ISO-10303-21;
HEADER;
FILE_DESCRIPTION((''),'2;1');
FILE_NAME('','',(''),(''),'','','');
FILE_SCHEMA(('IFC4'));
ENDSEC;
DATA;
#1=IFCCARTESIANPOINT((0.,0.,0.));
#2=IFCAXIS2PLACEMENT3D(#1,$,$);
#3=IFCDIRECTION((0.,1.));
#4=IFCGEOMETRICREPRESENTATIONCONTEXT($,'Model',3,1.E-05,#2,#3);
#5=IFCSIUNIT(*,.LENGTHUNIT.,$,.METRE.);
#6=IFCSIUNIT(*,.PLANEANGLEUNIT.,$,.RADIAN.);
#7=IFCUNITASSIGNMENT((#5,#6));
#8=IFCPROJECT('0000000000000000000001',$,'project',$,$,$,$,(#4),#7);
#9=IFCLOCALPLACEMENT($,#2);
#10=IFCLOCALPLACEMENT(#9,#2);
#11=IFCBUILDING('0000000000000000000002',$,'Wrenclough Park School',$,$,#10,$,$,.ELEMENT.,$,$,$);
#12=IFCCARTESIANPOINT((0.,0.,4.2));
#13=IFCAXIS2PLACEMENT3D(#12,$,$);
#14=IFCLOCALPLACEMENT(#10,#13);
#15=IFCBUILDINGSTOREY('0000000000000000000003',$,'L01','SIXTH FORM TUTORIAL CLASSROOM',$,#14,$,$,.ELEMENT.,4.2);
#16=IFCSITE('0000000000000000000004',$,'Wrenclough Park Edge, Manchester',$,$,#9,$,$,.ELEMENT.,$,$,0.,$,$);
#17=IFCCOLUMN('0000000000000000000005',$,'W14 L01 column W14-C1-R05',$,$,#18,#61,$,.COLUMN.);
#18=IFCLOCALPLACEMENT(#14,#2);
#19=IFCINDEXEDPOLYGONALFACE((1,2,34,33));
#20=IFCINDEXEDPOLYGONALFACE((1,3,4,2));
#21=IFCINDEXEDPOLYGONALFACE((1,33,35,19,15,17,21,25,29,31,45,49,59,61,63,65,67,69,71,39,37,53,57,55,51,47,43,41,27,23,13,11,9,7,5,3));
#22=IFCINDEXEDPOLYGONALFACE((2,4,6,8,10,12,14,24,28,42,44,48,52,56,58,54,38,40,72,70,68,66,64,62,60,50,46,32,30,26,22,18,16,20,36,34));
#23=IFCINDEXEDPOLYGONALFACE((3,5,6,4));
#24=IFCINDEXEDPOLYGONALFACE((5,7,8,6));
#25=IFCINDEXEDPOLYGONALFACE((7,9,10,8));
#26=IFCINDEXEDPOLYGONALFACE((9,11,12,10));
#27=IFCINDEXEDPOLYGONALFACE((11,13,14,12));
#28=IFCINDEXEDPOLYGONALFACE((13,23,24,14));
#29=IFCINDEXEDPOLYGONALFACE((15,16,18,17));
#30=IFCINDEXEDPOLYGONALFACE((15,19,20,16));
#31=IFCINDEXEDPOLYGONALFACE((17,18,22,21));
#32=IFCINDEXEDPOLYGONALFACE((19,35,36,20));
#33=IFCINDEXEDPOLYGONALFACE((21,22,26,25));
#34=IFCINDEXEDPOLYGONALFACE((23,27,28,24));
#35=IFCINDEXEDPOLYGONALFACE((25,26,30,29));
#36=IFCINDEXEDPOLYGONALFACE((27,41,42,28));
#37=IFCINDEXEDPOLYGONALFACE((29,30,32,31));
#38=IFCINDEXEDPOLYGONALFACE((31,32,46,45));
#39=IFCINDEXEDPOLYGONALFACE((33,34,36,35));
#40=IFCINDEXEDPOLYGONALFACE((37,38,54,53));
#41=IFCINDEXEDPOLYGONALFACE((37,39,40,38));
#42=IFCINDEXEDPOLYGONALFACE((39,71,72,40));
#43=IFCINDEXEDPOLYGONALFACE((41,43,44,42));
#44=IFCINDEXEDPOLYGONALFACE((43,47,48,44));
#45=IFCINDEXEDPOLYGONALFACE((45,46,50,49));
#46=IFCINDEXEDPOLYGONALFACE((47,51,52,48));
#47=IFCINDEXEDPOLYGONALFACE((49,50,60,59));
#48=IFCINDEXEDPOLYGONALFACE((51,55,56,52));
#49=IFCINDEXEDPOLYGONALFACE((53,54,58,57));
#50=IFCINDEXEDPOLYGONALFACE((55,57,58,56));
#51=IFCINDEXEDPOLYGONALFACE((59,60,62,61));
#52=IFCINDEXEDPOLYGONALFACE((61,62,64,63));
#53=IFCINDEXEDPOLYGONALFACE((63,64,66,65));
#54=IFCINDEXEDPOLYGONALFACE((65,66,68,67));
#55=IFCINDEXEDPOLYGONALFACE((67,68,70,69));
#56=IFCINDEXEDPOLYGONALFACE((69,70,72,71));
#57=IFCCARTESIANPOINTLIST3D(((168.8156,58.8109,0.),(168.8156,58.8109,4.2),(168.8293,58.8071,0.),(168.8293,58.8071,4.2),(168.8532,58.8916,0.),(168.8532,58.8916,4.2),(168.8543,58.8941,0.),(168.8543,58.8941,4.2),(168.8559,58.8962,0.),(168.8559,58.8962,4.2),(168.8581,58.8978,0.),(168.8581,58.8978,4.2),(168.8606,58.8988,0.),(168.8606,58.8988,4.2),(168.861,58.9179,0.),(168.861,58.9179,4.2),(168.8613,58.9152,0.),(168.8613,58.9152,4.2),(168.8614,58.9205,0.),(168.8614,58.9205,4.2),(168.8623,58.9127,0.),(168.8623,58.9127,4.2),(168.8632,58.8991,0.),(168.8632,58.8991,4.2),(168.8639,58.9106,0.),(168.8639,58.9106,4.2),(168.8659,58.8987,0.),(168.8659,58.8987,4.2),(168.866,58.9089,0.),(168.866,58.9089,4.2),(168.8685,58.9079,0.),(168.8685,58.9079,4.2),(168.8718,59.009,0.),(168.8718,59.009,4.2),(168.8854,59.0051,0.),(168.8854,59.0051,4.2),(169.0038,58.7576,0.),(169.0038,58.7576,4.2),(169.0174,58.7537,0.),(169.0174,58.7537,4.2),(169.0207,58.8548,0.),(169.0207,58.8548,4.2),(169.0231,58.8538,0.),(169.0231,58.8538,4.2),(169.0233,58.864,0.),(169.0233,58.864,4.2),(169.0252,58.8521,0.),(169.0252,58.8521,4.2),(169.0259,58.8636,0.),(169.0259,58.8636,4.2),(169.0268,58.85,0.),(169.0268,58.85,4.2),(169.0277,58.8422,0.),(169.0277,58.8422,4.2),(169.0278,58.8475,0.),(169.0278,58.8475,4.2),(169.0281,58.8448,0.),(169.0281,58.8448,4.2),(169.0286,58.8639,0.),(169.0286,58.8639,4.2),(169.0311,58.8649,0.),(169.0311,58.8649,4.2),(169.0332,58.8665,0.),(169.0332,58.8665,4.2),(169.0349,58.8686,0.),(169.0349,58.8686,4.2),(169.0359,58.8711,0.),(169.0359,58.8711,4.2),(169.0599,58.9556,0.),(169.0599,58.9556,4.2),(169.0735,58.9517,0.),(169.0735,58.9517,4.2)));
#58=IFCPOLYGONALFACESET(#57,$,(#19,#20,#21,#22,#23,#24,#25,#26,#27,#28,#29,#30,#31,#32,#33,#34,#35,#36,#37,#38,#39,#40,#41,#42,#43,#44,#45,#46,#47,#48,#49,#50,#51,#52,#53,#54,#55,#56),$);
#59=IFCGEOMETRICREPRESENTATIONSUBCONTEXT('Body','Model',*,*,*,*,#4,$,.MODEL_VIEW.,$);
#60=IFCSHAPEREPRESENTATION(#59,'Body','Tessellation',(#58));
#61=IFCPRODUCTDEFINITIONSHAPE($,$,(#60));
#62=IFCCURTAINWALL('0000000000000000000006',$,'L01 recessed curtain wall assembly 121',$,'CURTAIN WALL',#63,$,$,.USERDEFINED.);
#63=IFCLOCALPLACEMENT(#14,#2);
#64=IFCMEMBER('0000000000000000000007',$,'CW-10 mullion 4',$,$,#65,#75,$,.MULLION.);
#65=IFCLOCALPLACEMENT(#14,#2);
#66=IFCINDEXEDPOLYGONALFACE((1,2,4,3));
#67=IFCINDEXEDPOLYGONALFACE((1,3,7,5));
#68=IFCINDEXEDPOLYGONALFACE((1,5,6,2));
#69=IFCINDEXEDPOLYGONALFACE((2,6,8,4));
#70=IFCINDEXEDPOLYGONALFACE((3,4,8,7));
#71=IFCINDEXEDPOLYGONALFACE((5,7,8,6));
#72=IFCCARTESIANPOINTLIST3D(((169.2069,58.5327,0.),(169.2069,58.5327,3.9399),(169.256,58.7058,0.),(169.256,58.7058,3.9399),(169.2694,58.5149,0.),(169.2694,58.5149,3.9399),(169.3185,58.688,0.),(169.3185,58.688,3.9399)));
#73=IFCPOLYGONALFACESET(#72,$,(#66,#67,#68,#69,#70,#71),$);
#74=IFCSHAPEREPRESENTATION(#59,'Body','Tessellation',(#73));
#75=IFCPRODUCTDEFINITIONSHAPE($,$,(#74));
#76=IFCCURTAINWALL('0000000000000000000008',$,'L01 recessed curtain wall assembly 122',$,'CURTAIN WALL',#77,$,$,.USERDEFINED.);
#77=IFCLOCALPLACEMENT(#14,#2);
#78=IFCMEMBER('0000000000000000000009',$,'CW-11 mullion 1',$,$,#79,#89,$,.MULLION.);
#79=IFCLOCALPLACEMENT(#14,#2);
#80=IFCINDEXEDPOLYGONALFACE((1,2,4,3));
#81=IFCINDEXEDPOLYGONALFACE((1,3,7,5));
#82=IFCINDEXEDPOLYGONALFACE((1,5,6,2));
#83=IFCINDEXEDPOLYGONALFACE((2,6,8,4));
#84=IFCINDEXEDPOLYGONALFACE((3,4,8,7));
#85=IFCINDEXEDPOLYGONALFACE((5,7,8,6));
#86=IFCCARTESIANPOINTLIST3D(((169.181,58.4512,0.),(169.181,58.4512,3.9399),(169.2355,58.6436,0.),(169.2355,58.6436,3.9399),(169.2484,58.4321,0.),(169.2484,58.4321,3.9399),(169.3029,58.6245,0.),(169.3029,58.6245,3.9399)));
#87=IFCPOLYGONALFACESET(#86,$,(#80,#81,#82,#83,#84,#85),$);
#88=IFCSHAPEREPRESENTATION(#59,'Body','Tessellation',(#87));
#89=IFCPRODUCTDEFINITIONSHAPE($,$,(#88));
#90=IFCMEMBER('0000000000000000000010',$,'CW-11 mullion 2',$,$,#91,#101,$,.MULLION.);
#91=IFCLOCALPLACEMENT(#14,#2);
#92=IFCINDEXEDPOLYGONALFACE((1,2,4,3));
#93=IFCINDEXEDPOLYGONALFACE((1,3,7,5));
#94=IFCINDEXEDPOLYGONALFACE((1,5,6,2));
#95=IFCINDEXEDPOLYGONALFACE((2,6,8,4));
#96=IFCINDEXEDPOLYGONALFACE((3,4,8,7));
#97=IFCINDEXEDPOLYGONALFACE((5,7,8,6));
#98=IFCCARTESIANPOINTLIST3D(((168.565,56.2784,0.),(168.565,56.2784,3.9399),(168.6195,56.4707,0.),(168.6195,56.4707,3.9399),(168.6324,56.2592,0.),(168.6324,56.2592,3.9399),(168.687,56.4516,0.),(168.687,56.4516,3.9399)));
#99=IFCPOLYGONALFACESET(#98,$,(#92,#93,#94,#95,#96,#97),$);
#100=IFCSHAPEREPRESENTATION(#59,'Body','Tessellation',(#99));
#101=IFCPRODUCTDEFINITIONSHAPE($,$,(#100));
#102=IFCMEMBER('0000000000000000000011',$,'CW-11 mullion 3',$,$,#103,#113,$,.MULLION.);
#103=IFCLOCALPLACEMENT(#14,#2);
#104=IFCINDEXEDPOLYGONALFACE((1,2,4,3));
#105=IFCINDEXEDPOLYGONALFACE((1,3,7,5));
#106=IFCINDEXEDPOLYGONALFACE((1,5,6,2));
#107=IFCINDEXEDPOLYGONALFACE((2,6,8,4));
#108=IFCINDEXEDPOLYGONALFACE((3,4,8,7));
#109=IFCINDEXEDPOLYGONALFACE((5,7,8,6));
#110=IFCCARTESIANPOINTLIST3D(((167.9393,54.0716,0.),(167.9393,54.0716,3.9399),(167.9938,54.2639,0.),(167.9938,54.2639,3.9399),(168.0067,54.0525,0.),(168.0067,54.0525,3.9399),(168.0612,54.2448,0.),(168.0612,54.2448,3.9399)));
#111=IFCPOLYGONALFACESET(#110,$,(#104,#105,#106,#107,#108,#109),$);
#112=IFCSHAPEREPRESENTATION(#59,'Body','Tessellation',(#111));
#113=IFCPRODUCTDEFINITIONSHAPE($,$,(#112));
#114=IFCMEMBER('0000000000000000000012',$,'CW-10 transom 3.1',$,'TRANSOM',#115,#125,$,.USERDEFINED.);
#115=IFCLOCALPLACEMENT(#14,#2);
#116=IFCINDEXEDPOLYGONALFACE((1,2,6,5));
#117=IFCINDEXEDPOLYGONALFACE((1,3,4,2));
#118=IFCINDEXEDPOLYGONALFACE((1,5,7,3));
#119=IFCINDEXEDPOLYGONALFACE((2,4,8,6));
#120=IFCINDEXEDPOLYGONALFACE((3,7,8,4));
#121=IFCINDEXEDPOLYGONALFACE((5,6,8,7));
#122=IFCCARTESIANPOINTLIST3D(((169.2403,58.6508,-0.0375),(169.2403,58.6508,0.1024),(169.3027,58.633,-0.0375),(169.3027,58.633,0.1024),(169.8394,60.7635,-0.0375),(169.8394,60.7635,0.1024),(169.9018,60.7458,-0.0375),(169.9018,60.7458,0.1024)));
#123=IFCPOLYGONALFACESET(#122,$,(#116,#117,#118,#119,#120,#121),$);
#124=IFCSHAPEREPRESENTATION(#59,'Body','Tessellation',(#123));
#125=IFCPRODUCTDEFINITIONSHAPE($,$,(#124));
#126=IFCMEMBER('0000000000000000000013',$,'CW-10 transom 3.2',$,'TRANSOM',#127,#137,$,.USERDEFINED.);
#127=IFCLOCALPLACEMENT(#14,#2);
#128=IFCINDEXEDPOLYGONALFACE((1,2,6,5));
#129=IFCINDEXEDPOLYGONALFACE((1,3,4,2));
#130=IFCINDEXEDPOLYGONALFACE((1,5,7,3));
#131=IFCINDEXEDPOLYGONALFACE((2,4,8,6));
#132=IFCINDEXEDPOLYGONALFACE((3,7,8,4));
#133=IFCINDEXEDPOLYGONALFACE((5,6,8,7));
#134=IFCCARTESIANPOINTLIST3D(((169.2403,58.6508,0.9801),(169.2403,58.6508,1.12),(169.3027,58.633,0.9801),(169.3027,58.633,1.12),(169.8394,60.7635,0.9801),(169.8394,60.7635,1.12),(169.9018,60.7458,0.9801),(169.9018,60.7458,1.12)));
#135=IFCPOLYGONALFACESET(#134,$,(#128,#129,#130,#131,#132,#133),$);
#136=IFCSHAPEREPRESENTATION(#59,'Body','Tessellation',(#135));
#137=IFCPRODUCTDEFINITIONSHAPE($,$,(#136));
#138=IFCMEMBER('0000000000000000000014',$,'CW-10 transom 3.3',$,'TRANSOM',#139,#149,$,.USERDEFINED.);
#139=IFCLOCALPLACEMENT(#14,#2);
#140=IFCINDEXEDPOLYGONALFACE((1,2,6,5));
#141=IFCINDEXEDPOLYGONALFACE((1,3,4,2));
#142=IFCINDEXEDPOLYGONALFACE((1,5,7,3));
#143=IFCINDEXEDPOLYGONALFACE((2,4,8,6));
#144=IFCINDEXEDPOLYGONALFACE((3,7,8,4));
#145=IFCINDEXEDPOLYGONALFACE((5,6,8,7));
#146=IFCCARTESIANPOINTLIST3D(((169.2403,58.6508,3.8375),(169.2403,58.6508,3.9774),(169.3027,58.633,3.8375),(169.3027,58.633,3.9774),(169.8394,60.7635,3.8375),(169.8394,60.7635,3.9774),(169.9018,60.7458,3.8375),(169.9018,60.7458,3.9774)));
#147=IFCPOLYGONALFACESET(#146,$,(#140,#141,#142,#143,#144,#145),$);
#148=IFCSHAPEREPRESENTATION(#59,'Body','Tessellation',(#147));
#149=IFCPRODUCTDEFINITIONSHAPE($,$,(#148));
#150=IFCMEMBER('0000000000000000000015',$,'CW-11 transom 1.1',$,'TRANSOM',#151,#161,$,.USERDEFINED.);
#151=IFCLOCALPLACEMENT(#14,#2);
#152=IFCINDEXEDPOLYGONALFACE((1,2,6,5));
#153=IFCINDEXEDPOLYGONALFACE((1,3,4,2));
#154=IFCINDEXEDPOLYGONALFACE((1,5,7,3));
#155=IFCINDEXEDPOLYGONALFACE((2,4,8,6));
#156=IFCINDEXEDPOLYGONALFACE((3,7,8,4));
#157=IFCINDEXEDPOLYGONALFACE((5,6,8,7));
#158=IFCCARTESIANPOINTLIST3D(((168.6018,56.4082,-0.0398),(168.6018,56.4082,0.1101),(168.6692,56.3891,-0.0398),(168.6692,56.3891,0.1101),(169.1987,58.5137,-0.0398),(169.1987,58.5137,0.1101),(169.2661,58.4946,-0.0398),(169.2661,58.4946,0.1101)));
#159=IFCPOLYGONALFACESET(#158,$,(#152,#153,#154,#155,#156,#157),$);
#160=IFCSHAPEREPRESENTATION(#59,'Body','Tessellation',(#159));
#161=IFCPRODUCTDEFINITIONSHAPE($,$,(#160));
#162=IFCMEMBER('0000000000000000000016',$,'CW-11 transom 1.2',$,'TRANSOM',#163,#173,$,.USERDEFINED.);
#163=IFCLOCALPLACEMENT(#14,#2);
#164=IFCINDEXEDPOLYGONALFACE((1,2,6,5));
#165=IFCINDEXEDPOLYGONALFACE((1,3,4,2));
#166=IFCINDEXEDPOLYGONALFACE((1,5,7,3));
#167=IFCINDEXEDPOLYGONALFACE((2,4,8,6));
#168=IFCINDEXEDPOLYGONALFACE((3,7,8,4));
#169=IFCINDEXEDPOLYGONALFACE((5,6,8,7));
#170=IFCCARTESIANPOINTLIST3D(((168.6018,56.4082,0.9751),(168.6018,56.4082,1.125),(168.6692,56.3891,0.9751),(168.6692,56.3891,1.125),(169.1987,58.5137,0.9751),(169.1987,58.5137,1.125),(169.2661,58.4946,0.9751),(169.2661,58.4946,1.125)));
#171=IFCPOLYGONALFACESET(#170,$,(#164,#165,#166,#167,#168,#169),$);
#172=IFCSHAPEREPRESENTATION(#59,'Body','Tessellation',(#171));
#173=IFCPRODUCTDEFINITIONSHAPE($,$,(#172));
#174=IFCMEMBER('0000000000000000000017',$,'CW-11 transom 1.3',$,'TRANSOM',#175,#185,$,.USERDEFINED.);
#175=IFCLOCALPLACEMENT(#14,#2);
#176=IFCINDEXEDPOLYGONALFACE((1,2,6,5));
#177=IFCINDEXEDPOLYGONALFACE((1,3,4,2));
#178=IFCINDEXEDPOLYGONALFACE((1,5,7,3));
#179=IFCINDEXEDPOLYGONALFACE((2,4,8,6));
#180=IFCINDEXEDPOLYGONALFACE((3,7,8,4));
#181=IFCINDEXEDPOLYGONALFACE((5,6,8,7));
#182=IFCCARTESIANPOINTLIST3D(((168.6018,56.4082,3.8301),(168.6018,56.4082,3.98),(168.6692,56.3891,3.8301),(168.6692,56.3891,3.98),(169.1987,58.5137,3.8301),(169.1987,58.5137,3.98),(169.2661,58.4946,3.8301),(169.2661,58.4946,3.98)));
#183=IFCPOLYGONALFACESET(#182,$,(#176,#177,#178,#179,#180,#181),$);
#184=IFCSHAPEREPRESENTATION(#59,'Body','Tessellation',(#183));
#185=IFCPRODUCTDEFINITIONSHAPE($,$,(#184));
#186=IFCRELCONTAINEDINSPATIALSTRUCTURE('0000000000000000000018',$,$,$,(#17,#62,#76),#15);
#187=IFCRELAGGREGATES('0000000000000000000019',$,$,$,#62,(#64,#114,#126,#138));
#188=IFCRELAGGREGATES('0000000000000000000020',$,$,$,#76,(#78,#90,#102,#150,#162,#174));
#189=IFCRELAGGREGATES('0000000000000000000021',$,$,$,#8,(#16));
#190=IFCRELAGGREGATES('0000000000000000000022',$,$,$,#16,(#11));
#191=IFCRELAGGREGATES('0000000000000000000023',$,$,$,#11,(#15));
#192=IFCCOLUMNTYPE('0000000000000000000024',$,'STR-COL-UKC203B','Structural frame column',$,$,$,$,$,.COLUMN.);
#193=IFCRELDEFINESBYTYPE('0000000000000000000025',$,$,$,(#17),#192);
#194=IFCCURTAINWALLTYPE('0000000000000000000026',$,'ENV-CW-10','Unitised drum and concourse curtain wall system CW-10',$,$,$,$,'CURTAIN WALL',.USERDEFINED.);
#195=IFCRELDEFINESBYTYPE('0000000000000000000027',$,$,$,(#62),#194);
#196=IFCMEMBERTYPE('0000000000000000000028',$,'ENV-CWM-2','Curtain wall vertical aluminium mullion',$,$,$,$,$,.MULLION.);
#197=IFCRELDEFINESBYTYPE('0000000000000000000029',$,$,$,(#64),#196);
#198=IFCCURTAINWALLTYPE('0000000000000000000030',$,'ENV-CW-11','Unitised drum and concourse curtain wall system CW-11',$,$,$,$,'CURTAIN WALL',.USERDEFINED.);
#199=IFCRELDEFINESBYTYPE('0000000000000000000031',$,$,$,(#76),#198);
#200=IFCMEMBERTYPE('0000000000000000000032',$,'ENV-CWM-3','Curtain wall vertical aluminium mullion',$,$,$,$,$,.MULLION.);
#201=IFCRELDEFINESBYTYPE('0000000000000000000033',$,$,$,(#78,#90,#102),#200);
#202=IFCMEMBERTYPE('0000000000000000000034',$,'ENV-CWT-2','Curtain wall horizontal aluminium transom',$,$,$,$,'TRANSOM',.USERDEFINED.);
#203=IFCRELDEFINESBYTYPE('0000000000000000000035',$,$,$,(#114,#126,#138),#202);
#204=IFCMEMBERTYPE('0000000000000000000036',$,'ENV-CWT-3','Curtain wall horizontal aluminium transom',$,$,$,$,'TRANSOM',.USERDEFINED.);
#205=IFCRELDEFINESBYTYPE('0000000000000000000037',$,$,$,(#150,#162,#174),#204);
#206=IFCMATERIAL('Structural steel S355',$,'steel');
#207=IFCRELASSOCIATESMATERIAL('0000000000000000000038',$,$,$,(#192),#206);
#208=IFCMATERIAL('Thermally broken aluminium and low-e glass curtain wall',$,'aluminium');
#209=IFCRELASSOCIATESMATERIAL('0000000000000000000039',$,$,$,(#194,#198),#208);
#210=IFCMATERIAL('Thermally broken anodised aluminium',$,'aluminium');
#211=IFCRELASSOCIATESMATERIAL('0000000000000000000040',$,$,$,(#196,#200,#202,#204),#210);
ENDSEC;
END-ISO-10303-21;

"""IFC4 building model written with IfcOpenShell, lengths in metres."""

from ifc_helpers import new_model, si_unit, direction, frame, origin, origin_2d, place, context, subcontext, project, spatial, rectangle, i_section, extrude, material, material_profile, profile_set, type_object, element, aggregate, save


model = new_model("IFC4")

# Units and contexts
model_context = context("Model", 3, precision=1e-05, world=origin(), true_north=direction((0.0, 1.0)))
body_context = subcontext(model_context, "Body", "Model", "MODEL_VIEW")
ifc_project = project(units=[si_unit("LENGTHUNIT", "METRE"), si_unit("PLANEANGLEUNIT", "RADIAN")], contexts=[model_context])

# Site, building, storey
site_placement = place(None, origin())
site = spatial("IfcSite", under=ifc_project, at=site_placement, Name="Wrenclough Park Edge, Manchester", CompositionType="ELEMENT", RefElevation=0.0)
building_placement = place(site_placement, origin())
building = spatial("IfcBuilding", under=site, at=building_placement, Name="Wrenclough Park School", CompositionType="ELEMENT")
storey_placement = place(building_placement, frame((0.0, 0.0, 4.2)))
storey = spatial("IfcBuildingStorey", under=building, at=storey_placement, Name="L01", Description="SIXTH FORM TUTORIAL CLASSROOM", CompositionType="ELEMENT", Elevation=4.2)

# Column
ifc_material_1 = material(Name="Structural steel S355", Category="steel")
ifc_material_profile_1 = material_profile(ifc_material_1, i_section(OverallWidth=0.2058, OverallDepth=0.2097, WebThickness=0.0095, FlangeThickness=0.0142, FilletRadius=0.0103, at=origin_2d()), Name="UKC 203x203x60")
ifc_profile_set_1 = profile_set([ifc_material_profile_1], Name="Structural steel S355")
column_type = type_object("IfcColumnType", Name="STR-COL-UKC203B", Description="Structural frame column", PredefinedType="COLUMN", material=ifc_profile_set_1)
column_placement = place(storey_placement, frame((168.9446, 58.8813, 0.0), z_axis=(0.0, 0.0, 1.0), x_axis=(0.272784, 0.962075, 0.0)))
element("IfcColumn", 1, at=column_placement, inside=storey, type_object=column_type, Name="W14 L01 column W14-C1-R05", PredefinedType="COLUMN", context=body_context, shape_type="SweptSolid", body=[
    extrude(i_section(OverallWidth=0.2058, OverallDepth=0.2097, WebThickness=0.0095, FlangeThickness=0.0142, FilletRadius=0.0103, at=origin_2d()), origin(), (0.0, 0.0, 1.0), 4.2),
])

# Curtain wall, member
ifc_material_2 = material(Name="Thermally broken aluminium and low-e glass curtain wall", Category="aluminium")
curtain_wall_type_1 = type_object("IfcCurtainWallType", Name="ENV-CW-10", Description="Unitised drum and concourse curtain wall system CW-10", ElementType="CURTAIN WALL", PredefinedType="USERDEFINED", material=ifc_material_2)
curtain_wall_1_placement = place(storey_placement, origin())
curtain_wall_1 = element("IfcCurtainWall", 2, at=curtain_wall_1_placement, inside=storey, type_object=curtain_wall_type_1, Name="L01 recessed curtain wall assembly 121", ObjectType="CURTAIN WALL", PredefinedType="USERDEFINED")
ifc_material_3 = material(Name="Thermally broken anodised aluminium", Category="aluminium")
ifc_material_profile_2 = material_profile(ifc_material_3, rectangle(XDim=0.0649, YDim=0.1799, at=origin_2d()), Name="AL MULLION 65x180")
ifc_profile_set_2 = profile_set([ifc_material_profile_2], Name="Thermally broken anodised aluminium")
member_type_1 = type_object("IfcMemberType", Name="ENV-CWM-2", Description="Curtain wall vertical aluminium mullion", PredefinedType="MULLION", material=ifc_profile_set_2)
member_1_placement = place(storey_placement, frame((169.2627, 58.6104, 0.0), z_axis=(0.0, 0.0, 1.0), x_axis=(0.962063, -0.272826, 0.0)))
member_1 = element("IfcMember", 3, at=member_1_placement, type_object=member_type_1, Name="CW-10 mullion 4", PredefinedType="MULLION", context=body_context, shape_type="SweptSolid", body=[
    extrude(rectangle(XDim=0.0649, YDim=0.1799, at=origin_2d()), origin(), (0.0, 0.0, 1.0), 3.9399),
])

# Curtain wall, members
curtain_wall_type_2 = type_object("IfcCurtainWallType", Name="ENV-CW-11", Description="Unitised drum and concourse curtain wall system CW-11", ElementType="CURTAIN WALL", PredefinedType="USERDEFINED", material=ifc_material_2)
curtain_wall_2_placement = place(storey_placement, origin())
curtain_wall_2 = element("IfcCurtainWall", 4, at=curtain_wall_2_placement, inside=storey, type_object=curtain_wall_type_2, Name="L01 recessed curtain wall assembly 122", ObjectType="CURTAIN WALL", PredefinedType="USERDEFINED")
ifc_material_profile_3 = material_profile(ifc_material_3, rectangle(XDim=0.0701, YDim=0.2, at=origin_2d()), Name="AL MULLION 70x200")
ifc_profile_set_3 = profile_set([ifc_material_profile_3], Name="Thermally broken anodised aluminium")
member_type_2 = type_object("IfcMemberType", Name="ENV-CWM-3", Description="Curtain wall vertical aluminium mullion", PredefinedType="MULLION", material=ifc_profile_set_3)
member_2_placement = place(storey_placement, frame((169.2419, 58.5378, 0.0), z_axis=(0.0, 0.0, 1.0), x_axis=(0.962068, -0.272809, 0.0)))
member_2 = element("IfcMember", 5, at=member_2_placement, type_object=member_type_2, Name="CW-11 mullion 1", PredefinedType="MULLION", context=body_context, shape_type="SweptSolid", body=[
    extrude(rectangle(XDim=0.0701, YDim=0.2, at=origin_2d()), origin(), (0.0, 0.0, 1.0), 3.9399),
])
member_3_placement = place(storey_placement, frame((168.626, 56.365, 0.0), z_axis=(0.0, 0.0, 1.0), x_axis=(0.962068, -0.272809, 0.0)))
member_3 = element("IfcMember", 6, at=member_3_placement, type_object=member_type_2, Name="CW-11 mullion 2", PredefinedType="MULLION", context=body_context, shape_type="SweptSolid", body=[
    extrude(rectangle(XDim=0.0701, YDim=0.2, at=origin_2d()), origin(), (0.0, 0.0, 1.0), 3.9399),
])
member_4_placement = place(storey_placement, frame((168.0002, 54.1582, 0.0), z_axis=(0.0, 0.0, 1.0), x_axis=(0.962068, -0.272809, 0.0)))
member_4 = element("IfcMember", 7, at=member_4_placement, type_object=member_type_2, Name="CW-11 mullion 3", PredefinedType="MULLION", context=body_context, shape_type="SweptSolid", body=[
    extrude(rectangle(XDim=0.0701, YDim=0.2, at=origin_2d()), origin(), (0.0, 0.0, 1.0), 3.9399),
])

# Members
ifc_material_profile_4 = material_profile(ifc_material_3, rectangle(XDim=0.0649, YDim=0.1399, at=origin_2d()), Name="AL TRANSOM 65x140")
ifc_profile_set_4 = profile_set([ifc_material_profile_4], Name="Thermally broken anodised aluminium")
member_type_3 = type_object("IfcMemberType", Name="ENV-CWT-2", Description="Curtain wall horizontal aluminium transom", ElementType="TRANSOM", PredefinedType="USERDEFINED", material=ifc_profile_set_4)
member_5_placement = place(storey_placement, frame((169.8706, 60.7546, 0.0325), z_axis=(-0.272812, -0.962067, 0.0), x_axis=(0.962067, -0.272812, 0.0)))
member_5 = element("IfcMember", 8, at=member_5_placement, type_object=member_type_3, Name="CW-10 transom 3.1", ObjectType="TRANSOM", PredefinedType="USERDEFINED", context=body_context, shape_type="SweptSolid", body=[
    extrude(rectangle(XDim=0.0649, YDim=0.1399, at=origin_2d()), origin(), (0.0, 0.0, 1.0), 2.196),
])
member_6_placement = place(storey_placement, frame((169.8706, 60.7546, 1.05), z_axis=(-0.272812, -0.962067, 0.0), x_axis=(0.962067, -0.272812, 0.0)))
member_6 = element("IfcMember", 9, at=member_6_placement, type_object=member_type_3, Name="CW-10 transom 3.2", ObjectType="TRANSOM", PredefinedType="USERDEFINED", context=body_context, shape_type="SweptSolid", body=[
    extrude(rectangle(XDim=0.0649, YDim=0.1399, at=origin_2d()), origin(), (0.0, 0.0, 1.0), 2.196),
])
member_7_placement = place(storey_placement, frame((169.8706, 60.7546, 3.9075), z_axis=(-0.272812, -0.962067, 0.0), x_axis=(0.962067, -0.272812, 0.0)))
member_7 = element("IfcMember", 10, at=member_7_placement, type_object=member_type_3, Name="CW-10 transom 3.3", ObjectType="TRANSOM", PredefinedType="USERDEFINED", context=body_context, shape_type="SweptSolid", body=[
    extrude(rectangle(XDim=0.0649, YDim=0.1399, at=origin_2d()), origin(), (0.0, 0.0, 1.0), 2.196),
])
ifc_material_profile_5 = material_profile(ifc_material_3, rectangle(XDim=0.0701, YDim=0.1499, at=origin_2d()), Name="AL TRANSOM 70x150")
ifc_profile_set_5 = profile_set([ifc_material_profile_5], Name="Thermally broken anodised aluminium")
member_type_4 = type_object("IfcMemberType", Name="ENV-CWT-3", Description="Curtain wall horizontal aluminium transom", ElementType="TRANSOM", PredefinedType="USERDEFINED", material=ifc_profile_set_5)
member_8_placement = place(storey_placement, frame((169.2324, 58.5042, 0.0352), z_axis=(-0.272761, -0.962082, 0.0), x_axis=(0.962082, -0.272761, 0.0)))
member_8 = element("IfcMember", 11, at=member_8_placement, type_object=member_type_4, Name="CW-11 transom 1.1", ObjectType="TRANSOM", PredefinedType="USERDEFINED", context=body_context, shape_type="SweptSolid", body=[
    extrude(rectangle(XDim=0.0701, YDim=0.1499, at=origin_2d()), origin(), (0.0, 0.0, 1.0), 2.1885),
])
member_9_placement = place(storey_placement, frame((169.2324, 58.5042, 1.05), z_axis=(-0.272761, -0.962082, 0.0), x_axis=(0.962082, -0.272761, 0.0)))
member_9 = element("IfcMember", 12, at=member_9_placement, type_object=member_type_4, Name="CW-11 transom 1.2", ObjectType="TRANSOM", PredefinedType="USERDEFINED", context=body_context, shape_type="SweptSolid", body=[
    extrude(rectangle(XDim=0.0701, YDim=0.1499, at=origin_2d()), origin(), (0.0, 0.0, 1.0), 2.1885),
])
member_10_placement = place(storey_placement, frame((169.2324, 58.5042, 3.905), z_axis=(-0.272761, -0.962082, 0.0), x_axis=(0.962082, -0.272761, 0.0)))
member_10 = element("IfcMember", 13, at=member_10_placement, type_object=member_type_4, Name="CW-11 transom 1.3", ObjectType="TRANSOM", PredefinedType="USERDEFINED", context=body_context, shape_type="SweptSolid", body=[
    extrude(rectangle(XDim=0.0701, YDim=0.1499, at=origin_2d()), origin(), (0.0, 0.0, 1.0), 2.1885),
])

aggregate(curtain_wall_1, [member_1, member_5, member_6, member_7])
aggregate(curtain_wall_2, [member_2, member_3, member_4, member_8, member_9, member_10])

save(model, "model.ifc")
